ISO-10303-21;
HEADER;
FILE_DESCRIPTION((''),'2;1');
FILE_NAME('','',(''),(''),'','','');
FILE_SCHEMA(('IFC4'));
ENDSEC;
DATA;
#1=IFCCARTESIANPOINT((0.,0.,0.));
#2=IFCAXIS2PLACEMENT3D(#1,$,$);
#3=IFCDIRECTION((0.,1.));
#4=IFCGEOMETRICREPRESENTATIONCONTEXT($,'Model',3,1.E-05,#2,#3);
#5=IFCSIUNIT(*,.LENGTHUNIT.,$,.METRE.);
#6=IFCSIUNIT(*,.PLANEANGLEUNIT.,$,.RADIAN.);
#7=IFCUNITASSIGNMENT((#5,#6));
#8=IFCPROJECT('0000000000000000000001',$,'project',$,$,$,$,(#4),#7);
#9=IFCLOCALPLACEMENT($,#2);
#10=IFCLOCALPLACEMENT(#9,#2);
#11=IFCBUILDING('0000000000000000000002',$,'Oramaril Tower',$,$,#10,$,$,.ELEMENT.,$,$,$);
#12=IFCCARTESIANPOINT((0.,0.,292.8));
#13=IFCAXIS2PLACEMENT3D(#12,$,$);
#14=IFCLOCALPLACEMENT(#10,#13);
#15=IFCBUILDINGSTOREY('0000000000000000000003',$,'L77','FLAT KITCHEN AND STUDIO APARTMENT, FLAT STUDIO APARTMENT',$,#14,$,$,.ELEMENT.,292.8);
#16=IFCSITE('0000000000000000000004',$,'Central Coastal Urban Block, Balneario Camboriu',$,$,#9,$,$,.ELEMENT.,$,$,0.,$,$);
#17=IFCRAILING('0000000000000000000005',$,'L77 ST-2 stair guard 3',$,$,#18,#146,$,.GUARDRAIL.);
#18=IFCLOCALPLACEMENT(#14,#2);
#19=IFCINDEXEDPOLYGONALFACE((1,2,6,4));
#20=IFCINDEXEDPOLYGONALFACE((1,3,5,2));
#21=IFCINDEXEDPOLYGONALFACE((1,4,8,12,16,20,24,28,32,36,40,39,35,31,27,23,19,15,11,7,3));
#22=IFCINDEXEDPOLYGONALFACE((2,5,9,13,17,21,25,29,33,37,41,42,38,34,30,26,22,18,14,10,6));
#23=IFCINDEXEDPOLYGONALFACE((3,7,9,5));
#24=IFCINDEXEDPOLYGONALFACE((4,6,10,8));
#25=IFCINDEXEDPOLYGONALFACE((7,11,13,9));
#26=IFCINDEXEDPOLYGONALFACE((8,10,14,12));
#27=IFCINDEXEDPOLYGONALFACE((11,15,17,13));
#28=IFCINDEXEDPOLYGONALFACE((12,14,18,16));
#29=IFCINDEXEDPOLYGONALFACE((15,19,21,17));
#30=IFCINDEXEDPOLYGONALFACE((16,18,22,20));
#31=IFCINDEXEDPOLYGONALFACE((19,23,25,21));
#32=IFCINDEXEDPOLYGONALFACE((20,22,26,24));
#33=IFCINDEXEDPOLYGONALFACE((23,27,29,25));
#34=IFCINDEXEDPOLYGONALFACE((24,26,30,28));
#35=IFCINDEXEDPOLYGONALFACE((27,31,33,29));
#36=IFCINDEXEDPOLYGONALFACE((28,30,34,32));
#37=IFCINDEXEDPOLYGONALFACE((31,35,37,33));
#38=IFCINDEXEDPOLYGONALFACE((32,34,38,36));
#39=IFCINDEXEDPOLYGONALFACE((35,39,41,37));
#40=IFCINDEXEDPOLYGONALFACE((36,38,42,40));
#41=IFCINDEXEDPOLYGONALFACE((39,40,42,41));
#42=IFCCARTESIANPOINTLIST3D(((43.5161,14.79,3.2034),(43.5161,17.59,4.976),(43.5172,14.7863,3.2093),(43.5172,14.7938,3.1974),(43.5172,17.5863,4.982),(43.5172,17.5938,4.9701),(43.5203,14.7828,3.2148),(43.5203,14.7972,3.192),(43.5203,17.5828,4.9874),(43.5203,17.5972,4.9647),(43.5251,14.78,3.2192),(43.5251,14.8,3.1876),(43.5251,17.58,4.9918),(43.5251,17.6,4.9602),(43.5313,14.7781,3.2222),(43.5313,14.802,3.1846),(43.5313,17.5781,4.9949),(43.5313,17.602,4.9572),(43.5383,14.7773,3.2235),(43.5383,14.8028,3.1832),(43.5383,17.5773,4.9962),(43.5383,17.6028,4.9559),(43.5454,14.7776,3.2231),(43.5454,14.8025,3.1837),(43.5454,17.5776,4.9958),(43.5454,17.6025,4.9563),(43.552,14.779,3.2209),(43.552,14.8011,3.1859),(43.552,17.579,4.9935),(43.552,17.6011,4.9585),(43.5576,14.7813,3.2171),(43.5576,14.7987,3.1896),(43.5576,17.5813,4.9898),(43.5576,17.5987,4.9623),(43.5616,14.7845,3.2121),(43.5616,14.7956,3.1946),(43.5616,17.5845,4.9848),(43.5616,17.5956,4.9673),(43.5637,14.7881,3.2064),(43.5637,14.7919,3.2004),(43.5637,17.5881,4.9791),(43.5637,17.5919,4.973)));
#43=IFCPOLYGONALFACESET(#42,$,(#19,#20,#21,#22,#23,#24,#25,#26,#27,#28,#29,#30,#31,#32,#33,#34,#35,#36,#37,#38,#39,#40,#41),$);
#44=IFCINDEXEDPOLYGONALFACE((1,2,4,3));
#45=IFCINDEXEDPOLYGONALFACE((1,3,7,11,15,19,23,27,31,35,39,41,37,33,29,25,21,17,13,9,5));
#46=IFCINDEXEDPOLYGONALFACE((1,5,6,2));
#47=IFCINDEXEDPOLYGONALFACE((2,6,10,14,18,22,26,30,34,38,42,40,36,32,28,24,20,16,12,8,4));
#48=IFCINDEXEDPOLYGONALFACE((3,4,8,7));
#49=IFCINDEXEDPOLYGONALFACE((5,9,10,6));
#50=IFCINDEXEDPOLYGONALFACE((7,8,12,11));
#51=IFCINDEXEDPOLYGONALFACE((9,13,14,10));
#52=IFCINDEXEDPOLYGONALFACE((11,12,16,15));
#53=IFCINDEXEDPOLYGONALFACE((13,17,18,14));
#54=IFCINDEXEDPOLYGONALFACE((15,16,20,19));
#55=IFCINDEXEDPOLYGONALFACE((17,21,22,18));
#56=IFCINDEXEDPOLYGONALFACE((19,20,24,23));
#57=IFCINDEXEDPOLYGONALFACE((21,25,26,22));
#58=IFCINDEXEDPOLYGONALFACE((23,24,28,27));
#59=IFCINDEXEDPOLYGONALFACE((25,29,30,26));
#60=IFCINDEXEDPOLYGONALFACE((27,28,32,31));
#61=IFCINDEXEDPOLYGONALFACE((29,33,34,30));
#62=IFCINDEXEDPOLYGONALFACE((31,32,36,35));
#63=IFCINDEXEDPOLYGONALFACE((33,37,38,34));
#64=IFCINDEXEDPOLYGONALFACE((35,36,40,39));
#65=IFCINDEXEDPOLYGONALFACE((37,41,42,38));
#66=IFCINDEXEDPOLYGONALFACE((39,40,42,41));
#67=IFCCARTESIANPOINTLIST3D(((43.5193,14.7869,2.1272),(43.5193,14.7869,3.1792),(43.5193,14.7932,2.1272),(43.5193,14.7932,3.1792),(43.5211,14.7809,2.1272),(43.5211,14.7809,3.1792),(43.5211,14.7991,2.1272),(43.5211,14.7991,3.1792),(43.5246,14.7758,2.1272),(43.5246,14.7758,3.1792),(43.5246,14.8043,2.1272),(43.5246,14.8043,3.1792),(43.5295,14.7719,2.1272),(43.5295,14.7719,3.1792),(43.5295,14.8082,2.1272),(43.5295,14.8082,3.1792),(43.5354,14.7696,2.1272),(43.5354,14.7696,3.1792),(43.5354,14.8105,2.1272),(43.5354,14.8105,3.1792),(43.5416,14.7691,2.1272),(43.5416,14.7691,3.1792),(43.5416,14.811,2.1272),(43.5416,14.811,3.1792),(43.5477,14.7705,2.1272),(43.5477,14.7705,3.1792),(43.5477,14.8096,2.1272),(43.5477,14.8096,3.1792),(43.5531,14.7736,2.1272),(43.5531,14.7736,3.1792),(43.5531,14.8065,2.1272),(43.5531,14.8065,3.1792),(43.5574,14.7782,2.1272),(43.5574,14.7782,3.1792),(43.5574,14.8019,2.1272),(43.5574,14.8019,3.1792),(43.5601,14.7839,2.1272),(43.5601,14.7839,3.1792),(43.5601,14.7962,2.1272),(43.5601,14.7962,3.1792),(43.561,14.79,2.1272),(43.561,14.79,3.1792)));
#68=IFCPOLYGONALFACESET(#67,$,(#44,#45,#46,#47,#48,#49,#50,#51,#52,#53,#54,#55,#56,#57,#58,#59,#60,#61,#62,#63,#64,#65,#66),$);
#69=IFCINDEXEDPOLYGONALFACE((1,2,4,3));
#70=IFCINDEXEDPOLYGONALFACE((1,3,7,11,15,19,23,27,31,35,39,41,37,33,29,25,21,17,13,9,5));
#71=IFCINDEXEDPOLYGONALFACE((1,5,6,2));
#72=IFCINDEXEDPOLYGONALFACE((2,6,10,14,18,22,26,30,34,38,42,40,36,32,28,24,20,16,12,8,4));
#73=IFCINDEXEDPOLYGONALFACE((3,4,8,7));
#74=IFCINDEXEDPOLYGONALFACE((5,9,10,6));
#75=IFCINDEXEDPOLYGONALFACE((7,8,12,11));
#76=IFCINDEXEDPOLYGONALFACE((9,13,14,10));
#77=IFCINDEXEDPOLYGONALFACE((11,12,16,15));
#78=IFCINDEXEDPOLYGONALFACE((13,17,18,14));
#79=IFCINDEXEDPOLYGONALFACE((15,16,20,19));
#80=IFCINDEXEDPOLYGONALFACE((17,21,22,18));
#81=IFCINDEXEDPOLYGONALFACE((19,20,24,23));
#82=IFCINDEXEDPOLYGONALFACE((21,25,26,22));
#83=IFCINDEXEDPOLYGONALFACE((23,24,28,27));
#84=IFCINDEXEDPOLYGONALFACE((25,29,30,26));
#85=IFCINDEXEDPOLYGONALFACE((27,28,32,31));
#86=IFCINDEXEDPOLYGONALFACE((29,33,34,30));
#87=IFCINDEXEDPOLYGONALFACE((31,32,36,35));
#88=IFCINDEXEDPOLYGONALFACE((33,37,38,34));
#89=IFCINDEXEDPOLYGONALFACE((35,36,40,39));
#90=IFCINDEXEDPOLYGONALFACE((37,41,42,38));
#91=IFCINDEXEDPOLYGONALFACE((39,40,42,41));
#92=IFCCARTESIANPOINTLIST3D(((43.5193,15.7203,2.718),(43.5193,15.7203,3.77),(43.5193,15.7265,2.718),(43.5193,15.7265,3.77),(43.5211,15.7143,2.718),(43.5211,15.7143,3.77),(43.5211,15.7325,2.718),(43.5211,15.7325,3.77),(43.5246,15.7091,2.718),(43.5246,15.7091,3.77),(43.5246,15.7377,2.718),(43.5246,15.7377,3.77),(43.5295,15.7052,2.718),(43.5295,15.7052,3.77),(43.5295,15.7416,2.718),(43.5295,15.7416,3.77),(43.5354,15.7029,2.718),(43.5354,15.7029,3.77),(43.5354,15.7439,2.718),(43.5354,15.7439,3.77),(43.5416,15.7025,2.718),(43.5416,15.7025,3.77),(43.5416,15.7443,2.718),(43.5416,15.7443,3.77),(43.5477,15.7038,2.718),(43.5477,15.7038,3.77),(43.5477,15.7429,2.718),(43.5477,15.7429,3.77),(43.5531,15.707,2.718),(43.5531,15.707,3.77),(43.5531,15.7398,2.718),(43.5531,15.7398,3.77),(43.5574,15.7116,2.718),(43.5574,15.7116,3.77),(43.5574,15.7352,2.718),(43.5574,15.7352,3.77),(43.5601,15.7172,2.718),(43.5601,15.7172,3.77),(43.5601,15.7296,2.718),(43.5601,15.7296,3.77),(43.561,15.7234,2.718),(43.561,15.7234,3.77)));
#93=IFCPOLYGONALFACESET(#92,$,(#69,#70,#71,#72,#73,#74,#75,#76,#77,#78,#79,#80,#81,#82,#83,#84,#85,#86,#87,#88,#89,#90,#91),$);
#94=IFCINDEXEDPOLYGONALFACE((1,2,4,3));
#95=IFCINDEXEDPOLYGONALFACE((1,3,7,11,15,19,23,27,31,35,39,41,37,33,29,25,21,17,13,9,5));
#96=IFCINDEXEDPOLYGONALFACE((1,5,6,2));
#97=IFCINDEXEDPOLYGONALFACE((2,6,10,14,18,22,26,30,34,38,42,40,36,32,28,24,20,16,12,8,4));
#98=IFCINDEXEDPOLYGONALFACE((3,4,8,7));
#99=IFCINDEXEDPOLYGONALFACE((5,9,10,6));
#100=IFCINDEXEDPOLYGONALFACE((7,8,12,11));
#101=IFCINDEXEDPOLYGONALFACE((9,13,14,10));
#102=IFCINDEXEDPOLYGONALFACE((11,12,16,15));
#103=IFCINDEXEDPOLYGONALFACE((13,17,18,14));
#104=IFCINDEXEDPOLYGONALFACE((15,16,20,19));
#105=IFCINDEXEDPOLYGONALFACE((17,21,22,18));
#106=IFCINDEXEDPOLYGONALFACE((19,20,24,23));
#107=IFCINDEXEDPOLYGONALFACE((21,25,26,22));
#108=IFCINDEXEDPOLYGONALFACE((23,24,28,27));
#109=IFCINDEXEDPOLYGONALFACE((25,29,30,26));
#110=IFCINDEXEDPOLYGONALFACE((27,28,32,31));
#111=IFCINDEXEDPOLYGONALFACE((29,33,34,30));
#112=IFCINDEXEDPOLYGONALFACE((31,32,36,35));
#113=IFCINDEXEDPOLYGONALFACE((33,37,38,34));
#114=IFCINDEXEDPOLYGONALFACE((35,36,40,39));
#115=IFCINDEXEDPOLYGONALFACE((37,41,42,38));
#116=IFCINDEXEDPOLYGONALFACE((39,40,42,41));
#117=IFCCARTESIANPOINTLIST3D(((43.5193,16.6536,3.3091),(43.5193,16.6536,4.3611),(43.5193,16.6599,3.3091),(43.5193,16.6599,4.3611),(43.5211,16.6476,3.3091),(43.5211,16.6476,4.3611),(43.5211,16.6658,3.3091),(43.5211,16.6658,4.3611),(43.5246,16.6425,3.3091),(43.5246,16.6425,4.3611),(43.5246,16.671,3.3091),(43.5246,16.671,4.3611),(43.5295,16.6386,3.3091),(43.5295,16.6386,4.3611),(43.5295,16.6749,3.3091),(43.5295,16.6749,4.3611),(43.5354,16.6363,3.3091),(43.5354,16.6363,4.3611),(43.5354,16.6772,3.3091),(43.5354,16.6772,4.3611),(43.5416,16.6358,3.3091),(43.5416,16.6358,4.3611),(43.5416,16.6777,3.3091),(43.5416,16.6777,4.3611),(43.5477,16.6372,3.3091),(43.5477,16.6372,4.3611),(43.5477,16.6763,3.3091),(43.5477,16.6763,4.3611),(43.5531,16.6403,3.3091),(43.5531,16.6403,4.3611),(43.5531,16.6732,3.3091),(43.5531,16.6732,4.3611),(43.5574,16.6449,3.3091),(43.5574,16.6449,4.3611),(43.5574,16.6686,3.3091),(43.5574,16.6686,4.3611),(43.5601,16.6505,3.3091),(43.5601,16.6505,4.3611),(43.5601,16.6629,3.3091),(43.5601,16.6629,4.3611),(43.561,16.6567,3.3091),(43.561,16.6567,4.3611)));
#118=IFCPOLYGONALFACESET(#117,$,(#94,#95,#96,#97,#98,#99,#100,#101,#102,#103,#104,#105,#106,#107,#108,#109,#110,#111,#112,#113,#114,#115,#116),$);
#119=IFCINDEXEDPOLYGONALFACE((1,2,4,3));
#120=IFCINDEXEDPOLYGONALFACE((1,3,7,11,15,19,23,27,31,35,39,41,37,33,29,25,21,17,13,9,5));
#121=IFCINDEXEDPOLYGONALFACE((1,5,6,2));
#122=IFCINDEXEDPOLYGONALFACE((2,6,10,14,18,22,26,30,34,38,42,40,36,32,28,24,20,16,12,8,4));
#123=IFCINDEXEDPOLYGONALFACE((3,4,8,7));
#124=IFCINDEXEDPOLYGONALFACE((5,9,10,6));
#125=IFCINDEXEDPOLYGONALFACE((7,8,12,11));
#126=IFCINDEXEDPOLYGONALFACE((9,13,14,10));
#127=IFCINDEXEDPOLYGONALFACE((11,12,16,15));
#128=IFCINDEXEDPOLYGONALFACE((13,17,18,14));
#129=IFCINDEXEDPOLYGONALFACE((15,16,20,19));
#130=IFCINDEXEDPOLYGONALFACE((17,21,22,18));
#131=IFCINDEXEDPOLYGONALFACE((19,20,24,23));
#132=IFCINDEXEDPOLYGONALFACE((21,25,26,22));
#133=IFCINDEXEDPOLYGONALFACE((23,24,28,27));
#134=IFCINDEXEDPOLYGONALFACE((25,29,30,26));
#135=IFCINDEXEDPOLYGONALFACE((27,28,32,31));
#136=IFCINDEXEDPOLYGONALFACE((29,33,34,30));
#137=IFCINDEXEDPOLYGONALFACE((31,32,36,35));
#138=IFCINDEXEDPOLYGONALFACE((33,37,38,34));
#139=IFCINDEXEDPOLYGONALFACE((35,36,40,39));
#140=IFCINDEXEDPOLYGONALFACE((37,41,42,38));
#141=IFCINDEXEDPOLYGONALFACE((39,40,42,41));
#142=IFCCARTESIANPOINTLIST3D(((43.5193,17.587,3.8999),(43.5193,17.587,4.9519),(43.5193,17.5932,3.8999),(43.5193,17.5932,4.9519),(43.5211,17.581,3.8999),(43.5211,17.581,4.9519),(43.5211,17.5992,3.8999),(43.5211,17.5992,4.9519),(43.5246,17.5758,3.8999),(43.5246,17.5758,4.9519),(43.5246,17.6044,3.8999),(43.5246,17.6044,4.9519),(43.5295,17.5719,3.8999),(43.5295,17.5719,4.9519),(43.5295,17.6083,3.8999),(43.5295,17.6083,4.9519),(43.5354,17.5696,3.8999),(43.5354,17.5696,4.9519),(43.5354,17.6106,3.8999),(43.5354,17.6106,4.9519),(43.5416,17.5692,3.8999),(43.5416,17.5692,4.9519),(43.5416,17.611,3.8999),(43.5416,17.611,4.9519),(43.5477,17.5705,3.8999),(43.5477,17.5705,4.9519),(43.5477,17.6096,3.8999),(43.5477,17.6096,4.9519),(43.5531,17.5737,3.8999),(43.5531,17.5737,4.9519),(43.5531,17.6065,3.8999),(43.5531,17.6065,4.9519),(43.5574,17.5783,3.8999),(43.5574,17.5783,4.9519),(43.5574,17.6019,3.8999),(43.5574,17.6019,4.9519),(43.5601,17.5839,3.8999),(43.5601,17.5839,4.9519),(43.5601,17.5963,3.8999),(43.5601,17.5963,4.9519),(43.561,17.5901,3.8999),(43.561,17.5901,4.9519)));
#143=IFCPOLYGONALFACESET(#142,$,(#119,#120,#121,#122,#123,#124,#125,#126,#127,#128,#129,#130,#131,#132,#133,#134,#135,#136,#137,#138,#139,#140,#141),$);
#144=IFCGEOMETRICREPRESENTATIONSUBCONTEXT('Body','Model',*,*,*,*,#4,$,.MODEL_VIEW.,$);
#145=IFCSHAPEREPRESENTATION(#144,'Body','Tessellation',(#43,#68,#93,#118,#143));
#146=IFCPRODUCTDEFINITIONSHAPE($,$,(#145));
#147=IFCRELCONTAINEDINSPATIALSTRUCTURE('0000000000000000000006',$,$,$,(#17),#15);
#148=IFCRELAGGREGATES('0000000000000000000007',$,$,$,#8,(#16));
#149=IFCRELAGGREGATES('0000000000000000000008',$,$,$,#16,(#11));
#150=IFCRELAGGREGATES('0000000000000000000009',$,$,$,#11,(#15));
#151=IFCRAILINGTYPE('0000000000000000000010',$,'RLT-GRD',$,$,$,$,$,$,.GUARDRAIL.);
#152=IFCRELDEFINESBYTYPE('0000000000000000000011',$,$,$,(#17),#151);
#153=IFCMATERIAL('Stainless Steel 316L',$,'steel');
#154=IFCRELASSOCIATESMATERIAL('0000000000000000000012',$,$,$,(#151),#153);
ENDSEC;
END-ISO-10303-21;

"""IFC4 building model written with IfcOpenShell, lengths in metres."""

from ifc_helpers import new_model, si_unit, direction, frame, origin, origin_2d, place, context, subcontext, project, spatial, circle, extrude, material, type_object, element, save


model = new_model("IFC4")

# Units and contexts
model_context = context("Model", 3, precision=1e-05, world=origin(), true_north=direction((0.0, 1.0)))
body_context = subcontext(model_context, "Body", "Model", "MODEL_VIEW")
ifc_project = project(units=[si_unit("LENGTHUNIT", "METRE"), si_unit("PLANEANGLEUNIT", "RADIAN")], contexts=[model_context])

# Site, building, storey
site_placement = place(None, origin())
site = spatial("IfcSite", under=ifc_project, at=site_placement, Name="Central Coastal Urban Block, Balneario Camboriu", CompositionType="ELEMENT", RefElevation=0.0)
building_placement = place(site_placement, origin())
building = spatial("IfcBuilding", under=site, at=building_placement, Name="Oramaril Tower", CompositionType="ELEMENT")
storey_placement = place(building_placement, frame((0.0, 0.0, 292.8)))
storey = spatial("IfcBuildingStorey", under=building, at=storey_placement, Name="L77", Description="FLAT KITCHEN AND STUDIO APARTMENT, FLAT STUDIO APARTMENT", CompositionType="ELEMENT", Elevation=292.8)

# Railing
ifc_material_1 = material(Name="Stainless Steel 316L", Category="steel")
railing_type_1 = type_object("IfcRailingType", Name="RLT-GRD", PredefinedType="GUARDRAIL", material=ifc_material_1)
railing_1_placement = place(storey_placement, frame((43.54, 14.79, 2.1272)))
element("IfcRailing", 1, at=railing_1_placement, inside=storey, type_object=railing_type_1, Name="L77 ST-2 stair guard 3", PredefinedType="GUARDRAIL", context=body_context, shape_type="SweptSolid", body=[
    extrude(circle(Radius=0.0239, at=origin_2d()), frame((0.0, 0.0, 1.0762), z_axis=(0.0, 0.844909, 0.53491), x_axis=(-1.0, 0.0, 0.0)), (0.0, 0.0, 1.0), 3.314),
    extrude(circle(Radius=0.021, at=origin_2d()), origin(), (0.0, 0.0, 1.0), 1.052),
    extrude(circle(Radius=0.021, at=origin_2d()), frame((0.0, 0.9333, 0.5908)), (0.0, 0.0, 1.0), 1.052),
    extrude(circle(Radius=0.021, at=origin_2d()), frame((0.0, 1.8667, 1.1819)), (0.0, 0.0, 1.0), 1.052),
    extrude(circle(Radius=0.021, at=origin_2d()), frame((0.0, 2.8, 1.7727)), (0.0, 0.0, 1.0), 1.052),
])

save(model, "model.ifc")
